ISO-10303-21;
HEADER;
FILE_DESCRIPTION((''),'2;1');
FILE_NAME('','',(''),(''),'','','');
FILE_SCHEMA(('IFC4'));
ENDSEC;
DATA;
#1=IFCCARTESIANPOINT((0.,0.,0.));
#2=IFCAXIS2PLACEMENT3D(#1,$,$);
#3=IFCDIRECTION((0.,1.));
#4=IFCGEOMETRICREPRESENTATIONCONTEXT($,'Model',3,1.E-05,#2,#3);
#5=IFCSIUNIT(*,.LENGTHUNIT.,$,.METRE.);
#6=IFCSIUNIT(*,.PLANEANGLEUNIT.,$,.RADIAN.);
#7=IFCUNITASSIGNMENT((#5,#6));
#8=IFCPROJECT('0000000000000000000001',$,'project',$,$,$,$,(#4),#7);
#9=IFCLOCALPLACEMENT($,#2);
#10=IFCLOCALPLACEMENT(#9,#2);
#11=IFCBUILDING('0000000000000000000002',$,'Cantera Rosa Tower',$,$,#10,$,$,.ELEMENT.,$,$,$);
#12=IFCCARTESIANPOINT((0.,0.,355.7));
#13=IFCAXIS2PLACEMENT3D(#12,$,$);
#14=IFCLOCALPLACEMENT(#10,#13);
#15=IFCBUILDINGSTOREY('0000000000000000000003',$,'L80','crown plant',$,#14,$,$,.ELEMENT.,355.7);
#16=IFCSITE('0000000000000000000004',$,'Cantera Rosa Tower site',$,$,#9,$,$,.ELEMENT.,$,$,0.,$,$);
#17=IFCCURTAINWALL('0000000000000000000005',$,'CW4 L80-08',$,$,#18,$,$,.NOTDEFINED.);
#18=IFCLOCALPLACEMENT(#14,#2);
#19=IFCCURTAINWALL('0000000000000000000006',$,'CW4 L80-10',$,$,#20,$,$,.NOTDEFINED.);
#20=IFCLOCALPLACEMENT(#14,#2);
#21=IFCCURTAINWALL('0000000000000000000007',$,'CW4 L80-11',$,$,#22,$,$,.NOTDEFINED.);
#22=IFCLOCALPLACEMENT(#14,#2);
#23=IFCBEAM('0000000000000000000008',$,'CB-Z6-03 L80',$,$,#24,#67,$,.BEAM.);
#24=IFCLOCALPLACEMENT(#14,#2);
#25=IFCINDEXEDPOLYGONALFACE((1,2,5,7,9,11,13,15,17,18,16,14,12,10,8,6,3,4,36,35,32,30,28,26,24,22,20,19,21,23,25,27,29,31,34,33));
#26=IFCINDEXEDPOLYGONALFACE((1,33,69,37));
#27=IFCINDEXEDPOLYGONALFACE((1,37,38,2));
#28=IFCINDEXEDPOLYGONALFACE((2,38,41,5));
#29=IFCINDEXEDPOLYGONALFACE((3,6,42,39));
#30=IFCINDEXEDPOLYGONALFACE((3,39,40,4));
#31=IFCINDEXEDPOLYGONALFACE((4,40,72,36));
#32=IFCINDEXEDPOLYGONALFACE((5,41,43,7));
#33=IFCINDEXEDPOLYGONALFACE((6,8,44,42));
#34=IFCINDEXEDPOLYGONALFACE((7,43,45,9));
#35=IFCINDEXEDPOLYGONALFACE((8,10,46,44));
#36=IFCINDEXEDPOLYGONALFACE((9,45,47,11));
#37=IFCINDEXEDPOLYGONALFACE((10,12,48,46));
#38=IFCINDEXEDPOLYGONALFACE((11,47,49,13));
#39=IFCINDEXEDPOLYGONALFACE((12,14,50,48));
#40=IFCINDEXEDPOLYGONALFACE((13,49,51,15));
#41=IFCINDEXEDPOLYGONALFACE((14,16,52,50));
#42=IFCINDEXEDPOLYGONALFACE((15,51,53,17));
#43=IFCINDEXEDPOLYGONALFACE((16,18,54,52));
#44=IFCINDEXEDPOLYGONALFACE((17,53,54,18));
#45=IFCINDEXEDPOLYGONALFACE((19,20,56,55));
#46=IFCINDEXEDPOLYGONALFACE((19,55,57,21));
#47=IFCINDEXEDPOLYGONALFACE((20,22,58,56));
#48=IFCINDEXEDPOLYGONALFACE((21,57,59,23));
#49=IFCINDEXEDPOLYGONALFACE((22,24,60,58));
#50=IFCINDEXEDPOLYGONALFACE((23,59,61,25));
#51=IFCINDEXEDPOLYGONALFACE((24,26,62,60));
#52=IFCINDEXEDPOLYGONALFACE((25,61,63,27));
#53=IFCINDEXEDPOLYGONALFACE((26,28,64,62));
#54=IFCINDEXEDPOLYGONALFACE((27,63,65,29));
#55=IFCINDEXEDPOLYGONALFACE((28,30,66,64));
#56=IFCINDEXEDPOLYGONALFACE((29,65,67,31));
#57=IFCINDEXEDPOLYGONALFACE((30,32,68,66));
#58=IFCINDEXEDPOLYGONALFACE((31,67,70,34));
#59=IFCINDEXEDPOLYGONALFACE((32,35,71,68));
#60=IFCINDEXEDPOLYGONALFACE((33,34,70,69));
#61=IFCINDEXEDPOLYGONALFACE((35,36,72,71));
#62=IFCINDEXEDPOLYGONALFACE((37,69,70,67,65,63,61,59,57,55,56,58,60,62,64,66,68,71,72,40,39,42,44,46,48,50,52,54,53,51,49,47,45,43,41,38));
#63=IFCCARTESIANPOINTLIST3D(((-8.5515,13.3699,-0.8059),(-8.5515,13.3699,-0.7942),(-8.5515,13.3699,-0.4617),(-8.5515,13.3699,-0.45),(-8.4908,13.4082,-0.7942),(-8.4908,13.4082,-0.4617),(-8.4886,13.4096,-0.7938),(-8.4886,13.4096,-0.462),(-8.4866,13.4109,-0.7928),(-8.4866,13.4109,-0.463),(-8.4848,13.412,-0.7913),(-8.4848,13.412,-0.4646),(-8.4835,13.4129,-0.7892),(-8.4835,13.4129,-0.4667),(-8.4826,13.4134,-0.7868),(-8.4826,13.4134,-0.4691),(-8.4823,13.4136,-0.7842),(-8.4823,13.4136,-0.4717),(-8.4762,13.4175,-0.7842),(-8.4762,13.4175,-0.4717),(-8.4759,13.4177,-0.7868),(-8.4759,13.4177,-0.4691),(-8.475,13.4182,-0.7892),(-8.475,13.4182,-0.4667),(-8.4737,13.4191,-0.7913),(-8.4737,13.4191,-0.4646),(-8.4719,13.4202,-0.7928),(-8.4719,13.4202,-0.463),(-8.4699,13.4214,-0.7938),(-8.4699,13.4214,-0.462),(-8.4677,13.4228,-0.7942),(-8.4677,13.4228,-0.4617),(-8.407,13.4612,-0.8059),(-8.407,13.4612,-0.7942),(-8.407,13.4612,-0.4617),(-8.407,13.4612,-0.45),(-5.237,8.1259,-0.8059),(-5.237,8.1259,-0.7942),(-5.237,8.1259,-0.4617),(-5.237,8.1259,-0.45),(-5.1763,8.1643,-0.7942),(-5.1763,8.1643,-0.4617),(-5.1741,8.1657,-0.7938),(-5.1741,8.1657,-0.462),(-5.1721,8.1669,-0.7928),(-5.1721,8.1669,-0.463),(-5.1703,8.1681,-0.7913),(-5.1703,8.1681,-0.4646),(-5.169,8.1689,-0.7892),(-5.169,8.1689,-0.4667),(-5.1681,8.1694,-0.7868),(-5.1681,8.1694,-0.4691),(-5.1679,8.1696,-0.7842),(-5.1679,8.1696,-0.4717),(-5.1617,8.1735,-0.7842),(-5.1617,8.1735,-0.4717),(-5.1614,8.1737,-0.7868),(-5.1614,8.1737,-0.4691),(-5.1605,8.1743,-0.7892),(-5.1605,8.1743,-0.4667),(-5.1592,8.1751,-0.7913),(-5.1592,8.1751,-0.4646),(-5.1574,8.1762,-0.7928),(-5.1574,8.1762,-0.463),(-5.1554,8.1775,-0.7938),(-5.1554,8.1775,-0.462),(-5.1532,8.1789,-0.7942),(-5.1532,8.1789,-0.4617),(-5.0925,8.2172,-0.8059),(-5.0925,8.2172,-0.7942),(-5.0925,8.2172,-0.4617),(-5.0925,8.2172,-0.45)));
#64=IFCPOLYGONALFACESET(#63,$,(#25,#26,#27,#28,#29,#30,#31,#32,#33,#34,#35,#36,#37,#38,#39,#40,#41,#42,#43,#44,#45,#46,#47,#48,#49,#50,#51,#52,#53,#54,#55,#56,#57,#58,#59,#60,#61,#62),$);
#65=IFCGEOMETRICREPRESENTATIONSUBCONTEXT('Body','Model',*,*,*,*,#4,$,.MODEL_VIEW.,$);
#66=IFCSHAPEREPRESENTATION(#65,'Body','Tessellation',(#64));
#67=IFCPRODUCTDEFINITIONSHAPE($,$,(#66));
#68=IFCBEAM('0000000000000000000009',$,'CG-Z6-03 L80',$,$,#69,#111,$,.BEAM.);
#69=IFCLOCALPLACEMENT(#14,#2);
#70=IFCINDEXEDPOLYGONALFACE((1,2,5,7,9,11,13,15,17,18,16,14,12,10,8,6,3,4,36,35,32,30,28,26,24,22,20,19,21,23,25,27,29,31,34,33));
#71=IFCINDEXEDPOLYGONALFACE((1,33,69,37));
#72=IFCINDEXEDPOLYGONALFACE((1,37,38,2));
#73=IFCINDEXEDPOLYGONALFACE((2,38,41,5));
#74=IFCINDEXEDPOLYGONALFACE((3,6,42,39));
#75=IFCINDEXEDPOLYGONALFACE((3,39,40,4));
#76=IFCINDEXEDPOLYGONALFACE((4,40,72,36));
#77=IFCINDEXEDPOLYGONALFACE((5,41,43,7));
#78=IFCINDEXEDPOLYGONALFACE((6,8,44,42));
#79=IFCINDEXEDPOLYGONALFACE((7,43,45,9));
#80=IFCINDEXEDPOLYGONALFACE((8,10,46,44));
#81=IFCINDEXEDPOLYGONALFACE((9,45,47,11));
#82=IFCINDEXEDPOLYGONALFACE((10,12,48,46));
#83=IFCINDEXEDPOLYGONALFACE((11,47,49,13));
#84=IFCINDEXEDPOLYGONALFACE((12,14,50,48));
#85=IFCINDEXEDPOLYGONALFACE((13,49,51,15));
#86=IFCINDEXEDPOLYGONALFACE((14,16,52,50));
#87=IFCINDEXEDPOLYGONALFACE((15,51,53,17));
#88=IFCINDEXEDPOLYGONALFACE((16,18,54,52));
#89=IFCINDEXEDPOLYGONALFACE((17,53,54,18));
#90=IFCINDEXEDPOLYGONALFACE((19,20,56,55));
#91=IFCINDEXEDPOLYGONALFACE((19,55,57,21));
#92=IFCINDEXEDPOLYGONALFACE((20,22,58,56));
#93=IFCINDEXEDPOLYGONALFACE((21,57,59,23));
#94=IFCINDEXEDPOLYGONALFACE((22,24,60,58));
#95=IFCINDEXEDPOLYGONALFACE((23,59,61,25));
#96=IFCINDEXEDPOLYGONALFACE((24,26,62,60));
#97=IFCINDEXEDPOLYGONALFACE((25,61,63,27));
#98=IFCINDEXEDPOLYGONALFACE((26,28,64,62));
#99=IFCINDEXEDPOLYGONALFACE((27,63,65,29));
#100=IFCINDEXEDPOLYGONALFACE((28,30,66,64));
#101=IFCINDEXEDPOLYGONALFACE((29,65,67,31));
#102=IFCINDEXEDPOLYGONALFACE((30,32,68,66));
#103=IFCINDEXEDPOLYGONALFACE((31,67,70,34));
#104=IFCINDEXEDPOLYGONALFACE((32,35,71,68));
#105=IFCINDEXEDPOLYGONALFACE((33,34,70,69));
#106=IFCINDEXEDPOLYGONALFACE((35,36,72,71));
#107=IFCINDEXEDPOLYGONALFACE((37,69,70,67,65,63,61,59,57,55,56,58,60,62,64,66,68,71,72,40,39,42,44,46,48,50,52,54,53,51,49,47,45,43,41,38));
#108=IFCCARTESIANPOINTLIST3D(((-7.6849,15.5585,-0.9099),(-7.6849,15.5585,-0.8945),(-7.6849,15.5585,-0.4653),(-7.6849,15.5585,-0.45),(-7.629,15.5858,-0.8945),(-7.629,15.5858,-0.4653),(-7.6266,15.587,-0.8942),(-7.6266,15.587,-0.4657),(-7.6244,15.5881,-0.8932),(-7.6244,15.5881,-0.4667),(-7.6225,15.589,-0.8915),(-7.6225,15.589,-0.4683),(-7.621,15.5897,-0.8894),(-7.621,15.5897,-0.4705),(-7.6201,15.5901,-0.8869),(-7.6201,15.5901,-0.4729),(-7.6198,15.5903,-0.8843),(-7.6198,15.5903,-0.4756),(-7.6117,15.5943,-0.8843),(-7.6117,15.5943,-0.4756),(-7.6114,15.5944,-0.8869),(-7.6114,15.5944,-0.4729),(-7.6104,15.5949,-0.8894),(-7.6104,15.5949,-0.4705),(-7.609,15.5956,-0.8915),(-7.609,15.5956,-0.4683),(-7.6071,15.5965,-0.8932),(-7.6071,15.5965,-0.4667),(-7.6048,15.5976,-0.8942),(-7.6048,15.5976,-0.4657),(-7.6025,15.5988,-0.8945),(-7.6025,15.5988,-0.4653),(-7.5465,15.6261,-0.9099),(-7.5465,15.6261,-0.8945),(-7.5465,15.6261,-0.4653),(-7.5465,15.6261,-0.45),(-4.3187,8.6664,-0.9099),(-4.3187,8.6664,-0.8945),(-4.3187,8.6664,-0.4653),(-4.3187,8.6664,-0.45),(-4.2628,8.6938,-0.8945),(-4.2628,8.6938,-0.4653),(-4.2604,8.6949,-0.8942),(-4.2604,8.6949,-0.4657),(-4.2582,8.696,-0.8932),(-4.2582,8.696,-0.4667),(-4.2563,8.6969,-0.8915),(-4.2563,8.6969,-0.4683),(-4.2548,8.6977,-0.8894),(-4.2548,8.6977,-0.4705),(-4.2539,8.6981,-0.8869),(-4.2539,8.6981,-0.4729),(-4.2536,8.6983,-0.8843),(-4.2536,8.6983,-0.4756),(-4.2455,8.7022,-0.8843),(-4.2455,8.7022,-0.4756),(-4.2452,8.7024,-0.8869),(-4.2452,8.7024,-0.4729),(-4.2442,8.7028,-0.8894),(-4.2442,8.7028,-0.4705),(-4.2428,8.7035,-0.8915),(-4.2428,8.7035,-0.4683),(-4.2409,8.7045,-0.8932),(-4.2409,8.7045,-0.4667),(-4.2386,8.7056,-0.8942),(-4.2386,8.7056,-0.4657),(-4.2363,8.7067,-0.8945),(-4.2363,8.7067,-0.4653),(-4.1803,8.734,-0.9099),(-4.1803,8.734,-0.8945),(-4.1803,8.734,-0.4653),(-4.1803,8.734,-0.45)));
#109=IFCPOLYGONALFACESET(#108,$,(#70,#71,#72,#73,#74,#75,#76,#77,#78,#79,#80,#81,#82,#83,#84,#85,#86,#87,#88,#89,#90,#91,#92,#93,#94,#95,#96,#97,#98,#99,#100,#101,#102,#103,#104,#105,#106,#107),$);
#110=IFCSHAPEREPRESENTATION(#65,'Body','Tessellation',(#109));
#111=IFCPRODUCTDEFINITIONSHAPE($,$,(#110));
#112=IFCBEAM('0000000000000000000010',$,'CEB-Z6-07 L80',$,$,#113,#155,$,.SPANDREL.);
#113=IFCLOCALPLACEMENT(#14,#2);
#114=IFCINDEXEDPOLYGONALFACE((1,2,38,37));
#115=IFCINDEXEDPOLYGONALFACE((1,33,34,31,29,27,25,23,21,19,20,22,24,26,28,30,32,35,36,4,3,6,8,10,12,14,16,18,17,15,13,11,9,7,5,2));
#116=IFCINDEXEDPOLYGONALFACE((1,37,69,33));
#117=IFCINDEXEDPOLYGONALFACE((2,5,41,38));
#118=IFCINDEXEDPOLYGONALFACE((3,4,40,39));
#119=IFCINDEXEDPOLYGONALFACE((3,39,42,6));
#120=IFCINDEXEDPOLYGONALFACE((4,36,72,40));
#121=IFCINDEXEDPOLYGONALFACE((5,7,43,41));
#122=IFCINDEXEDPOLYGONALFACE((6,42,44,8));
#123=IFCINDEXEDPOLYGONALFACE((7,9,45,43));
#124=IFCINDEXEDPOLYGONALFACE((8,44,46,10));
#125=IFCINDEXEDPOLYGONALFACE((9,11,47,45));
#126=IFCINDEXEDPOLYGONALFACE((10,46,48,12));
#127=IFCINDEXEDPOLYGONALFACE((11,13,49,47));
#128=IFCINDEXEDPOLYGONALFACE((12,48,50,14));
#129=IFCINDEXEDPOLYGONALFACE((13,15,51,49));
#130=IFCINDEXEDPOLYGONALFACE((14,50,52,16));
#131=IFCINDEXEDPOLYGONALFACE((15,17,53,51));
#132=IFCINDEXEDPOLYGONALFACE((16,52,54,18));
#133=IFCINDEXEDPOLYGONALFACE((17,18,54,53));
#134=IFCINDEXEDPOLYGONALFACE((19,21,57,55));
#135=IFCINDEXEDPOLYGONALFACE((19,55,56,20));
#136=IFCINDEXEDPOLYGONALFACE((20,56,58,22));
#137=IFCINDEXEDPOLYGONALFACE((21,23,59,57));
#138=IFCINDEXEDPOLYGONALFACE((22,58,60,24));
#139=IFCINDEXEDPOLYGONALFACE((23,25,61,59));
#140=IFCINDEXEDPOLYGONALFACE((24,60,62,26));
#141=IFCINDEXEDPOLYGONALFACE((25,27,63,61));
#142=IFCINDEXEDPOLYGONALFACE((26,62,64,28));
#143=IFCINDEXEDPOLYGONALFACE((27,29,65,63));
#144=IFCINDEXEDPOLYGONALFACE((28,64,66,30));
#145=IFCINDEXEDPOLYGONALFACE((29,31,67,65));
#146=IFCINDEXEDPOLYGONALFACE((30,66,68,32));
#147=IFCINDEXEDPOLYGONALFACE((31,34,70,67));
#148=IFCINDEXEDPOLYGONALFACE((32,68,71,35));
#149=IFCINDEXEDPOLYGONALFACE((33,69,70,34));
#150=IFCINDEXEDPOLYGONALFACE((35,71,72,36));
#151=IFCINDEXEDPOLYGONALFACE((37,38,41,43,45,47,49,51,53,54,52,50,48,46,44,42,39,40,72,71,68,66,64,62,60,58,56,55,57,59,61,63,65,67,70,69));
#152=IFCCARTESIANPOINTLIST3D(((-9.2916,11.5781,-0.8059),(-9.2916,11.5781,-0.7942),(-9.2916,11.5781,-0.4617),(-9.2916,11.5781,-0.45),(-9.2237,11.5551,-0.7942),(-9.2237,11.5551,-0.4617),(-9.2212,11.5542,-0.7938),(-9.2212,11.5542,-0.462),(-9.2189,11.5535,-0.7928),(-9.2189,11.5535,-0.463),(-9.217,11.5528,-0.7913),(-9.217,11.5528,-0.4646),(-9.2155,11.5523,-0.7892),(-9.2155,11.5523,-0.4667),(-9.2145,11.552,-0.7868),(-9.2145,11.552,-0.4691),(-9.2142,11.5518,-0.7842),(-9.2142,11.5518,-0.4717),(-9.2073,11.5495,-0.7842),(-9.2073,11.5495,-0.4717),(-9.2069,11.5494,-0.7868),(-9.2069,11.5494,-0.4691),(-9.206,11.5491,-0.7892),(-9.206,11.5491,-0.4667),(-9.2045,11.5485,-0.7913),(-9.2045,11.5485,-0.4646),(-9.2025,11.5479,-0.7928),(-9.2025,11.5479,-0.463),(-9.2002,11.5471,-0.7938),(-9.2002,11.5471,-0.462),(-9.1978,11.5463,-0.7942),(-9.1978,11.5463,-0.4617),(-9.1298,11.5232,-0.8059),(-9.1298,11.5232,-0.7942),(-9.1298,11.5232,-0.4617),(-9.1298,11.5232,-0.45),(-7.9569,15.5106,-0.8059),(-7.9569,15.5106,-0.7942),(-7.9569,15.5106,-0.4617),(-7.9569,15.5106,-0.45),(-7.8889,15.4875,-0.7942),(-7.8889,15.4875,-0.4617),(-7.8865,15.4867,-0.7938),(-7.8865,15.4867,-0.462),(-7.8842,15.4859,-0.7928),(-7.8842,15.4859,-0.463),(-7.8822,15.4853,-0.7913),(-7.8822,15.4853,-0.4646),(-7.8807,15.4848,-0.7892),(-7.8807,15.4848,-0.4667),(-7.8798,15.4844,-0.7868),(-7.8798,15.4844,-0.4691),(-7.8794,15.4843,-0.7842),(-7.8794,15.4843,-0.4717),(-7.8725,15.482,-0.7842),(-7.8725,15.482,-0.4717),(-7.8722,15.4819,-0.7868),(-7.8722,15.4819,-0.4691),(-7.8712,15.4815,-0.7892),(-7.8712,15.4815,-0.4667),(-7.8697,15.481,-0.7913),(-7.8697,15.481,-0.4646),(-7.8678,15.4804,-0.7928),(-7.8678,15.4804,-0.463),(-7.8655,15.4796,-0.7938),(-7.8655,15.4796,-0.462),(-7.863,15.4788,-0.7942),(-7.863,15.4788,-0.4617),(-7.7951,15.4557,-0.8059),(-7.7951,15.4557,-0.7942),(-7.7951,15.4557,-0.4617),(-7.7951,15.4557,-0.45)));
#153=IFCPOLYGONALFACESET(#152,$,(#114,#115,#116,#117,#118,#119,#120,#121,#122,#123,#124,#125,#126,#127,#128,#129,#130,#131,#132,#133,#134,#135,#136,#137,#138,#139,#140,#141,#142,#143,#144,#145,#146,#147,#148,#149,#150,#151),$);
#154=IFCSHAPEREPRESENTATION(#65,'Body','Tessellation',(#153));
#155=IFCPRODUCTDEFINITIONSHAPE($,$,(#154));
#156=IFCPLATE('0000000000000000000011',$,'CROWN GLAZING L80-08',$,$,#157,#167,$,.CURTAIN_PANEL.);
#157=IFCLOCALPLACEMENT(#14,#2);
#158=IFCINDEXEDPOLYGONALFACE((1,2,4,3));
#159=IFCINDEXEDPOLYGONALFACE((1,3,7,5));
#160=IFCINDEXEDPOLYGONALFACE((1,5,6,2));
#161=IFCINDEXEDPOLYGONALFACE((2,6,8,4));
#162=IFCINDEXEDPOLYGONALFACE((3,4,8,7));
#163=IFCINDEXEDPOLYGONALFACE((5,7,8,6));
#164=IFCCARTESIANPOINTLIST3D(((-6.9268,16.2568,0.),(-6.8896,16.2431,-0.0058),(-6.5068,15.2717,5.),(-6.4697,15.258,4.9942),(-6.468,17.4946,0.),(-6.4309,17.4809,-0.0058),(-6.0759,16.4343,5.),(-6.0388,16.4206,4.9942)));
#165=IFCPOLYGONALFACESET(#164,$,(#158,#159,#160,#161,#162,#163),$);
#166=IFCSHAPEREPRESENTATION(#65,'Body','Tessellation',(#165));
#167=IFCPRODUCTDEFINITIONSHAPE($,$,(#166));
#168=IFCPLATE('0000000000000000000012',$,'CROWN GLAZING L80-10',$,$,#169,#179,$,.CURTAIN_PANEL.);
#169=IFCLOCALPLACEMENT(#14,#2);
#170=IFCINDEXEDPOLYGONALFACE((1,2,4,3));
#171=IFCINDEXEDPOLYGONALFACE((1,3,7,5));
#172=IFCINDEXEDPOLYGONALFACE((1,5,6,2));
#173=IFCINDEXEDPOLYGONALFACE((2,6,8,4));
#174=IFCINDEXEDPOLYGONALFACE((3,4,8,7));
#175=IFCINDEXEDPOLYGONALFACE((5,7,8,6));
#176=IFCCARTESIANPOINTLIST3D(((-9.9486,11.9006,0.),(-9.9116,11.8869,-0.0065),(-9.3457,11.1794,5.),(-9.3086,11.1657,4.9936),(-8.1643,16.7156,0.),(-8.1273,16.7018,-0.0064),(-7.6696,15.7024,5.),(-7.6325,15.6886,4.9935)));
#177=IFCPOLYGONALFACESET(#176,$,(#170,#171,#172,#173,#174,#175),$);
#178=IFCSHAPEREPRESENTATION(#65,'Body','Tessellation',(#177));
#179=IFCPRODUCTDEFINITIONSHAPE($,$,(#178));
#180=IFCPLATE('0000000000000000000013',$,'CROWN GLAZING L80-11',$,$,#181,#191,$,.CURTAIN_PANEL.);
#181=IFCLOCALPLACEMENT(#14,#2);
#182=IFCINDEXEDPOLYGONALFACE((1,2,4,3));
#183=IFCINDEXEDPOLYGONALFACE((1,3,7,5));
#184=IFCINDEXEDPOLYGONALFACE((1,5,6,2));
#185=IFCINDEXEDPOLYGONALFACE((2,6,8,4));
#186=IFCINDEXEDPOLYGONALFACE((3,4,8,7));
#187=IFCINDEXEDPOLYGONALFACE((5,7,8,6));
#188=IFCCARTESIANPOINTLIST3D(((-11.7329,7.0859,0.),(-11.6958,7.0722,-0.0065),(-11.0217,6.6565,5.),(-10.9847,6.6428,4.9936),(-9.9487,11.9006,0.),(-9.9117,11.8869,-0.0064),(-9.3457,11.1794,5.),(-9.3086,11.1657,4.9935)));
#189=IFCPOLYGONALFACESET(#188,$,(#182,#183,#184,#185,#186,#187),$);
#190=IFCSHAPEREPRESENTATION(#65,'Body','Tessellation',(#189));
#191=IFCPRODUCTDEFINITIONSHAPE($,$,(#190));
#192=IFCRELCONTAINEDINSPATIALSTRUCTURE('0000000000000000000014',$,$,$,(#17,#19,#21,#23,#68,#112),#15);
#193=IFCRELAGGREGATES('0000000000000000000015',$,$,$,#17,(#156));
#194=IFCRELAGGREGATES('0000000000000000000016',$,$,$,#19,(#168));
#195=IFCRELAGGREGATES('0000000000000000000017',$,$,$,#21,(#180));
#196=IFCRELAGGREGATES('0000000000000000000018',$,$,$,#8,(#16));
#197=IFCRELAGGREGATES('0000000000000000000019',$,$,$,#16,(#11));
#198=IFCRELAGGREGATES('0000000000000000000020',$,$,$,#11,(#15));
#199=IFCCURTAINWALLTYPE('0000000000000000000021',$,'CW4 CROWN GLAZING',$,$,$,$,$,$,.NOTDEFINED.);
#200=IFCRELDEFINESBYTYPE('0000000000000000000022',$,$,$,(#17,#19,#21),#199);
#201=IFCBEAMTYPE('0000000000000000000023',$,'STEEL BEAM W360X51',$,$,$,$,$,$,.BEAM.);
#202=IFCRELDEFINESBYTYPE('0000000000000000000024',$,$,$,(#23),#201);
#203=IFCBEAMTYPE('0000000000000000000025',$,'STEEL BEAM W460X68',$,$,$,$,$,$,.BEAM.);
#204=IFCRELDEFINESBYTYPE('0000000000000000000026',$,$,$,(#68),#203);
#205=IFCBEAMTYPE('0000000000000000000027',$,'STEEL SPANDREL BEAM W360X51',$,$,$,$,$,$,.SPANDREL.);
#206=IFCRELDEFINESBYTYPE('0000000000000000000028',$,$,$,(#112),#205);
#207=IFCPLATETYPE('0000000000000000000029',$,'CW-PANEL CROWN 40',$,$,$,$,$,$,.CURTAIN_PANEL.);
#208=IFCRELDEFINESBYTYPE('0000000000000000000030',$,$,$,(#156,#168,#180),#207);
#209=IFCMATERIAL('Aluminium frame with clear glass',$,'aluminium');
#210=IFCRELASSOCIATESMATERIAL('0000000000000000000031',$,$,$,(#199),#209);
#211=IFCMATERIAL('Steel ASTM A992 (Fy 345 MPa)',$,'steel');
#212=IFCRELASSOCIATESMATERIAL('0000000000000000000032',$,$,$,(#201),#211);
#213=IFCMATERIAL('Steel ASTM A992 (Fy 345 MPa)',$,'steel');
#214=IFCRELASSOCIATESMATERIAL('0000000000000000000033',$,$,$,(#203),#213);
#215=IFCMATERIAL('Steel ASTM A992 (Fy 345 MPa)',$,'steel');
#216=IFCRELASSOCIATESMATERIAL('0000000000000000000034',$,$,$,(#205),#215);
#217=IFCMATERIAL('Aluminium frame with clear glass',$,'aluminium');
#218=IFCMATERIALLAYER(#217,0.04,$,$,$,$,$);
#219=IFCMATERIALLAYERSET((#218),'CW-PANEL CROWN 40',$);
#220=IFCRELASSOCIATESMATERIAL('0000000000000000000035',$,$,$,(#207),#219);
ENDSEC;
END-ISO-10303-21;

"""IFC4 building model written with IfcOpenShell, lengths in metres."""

from ifc_helpers import new_model, si_unit, direction, frame, origin, origin_2d, place, context, subcontext, project, spatial, polyline, i_section, outline, extrude, material, layer, layer_set, material_profile, profile_set, type_object, element, aggregate, save


model = new_model("IFC4")

# Units and contexts
model_context = context("Model", 3, precision=1e-05, world=origin(), true_north=direction((0.0, 1.0)))
body_context = subcontext(model_context, "Body", "Model", "MODEL_VIEW")
ifc_project = project(units=[si_unit("LENGTHUNIT", "METRE"), si_unit("PLANEANGLEUNIT", "RADIAN")], contexts=[model_context])

# Site, building, storey
site_placement = place(None, origin())
site = spatial("IfcSite", under=ifc_project, at=site_placement, Name="Cantera Rosa Tower site", CompositionType="ELEMENT", RefElevation=0.0)
building_placement = place(site_placement, origin())
building = spatial("IfcBuilding", under=site, at=building_placement, Name="Cantera Rosa Tower", CompositionType="ELEMENT")
storey_placement = place(building_placement, frame((0.0, 0.0, 355.7)))
storey = spatial("IfcBuildingStorey", under=building, at=storey_placement, Name="L80", Description="crown plant", CompositionType="ELEMENT", Elevation=355.7)

# Curtain walls
ifc_material_1 = material(Name="Aluminium frame with clear glass", Category="aluminium")
curtain_wall_type = type_object("IfcCurtainWallType", Name="CW4 CROWN GLAZING", PredefinedType="NOTDEFINED", material=ifc_material_1)
curtain_wall_1_placement = place(storey_placement, origin())
curtain_wall_1 = element("IfcCurtainWall", 1, at=curtain_wall_1_placement, inside=storey, type_object=curtain_wall_type, Name="CW4 L80-08", PredefinedType="NOTDEFINED")
curtain_wall_2_placement = place(storey_placement, origin())
curtain_wall_2 = element("IfcCurtainWall", 2, at=curtain_wall_2_placement, inside=storey, type_object=curtain_wall_type, Name="CW4 L80-10", PredefinedType="NOTDEFINED")
curtain_wall_3_placement = place(storey_placement, origin())
curtain_wall_3 = element("IfcCurtainWall", 3, at=curtain_wall_3_placement, inside=storey, type_object=curtain_wall_type, Name="CW4 L80-11", PredefinedType="NOTDEFINED")

# Beams
ifc_material_2 = material(Name="Steel ASTM A992 (Fy 345 MPa)", Category="steel")
ifc_material_profile_1 = material_profile(ifc_material_2, i_section(OverallWidth=0.1709, OverallDepth=0.356, WebThickness=0.0073, FlangeThickness=0.0117, FilletRadius=0.01, at=origin_2d()), Name="W360X51")
ifc_profile_set_1 = profile_set([ifc_material_profile_1], Name="Steel ASTM A992 (Fy 345 MPa)")
beam_type_1 = type_object("IfcBeamType", Name="STEEL BEAM W360X51", PredefinedType="BEAM", material=ifc_profile_set_1)
beam_1_placement = place(storey_placement, frame((-8.4792, 13.4155, -0.6279), z_axis=(0.534283, -0.845306, 0.0), x_axis=(0.845306, 0.534283, 0.0)))
element("IfcBeam", 4, at=beam_1_placement, inside=storey, type_object=beam_type_1, Name="CB-Z6-03 L80", PredefinedType="BEAM", context=body_context, shape_type="SweptSolid", body=[
    extrude(i_section(OverallWidth=0.1709, OverallDepth=0.356, WebThickness=0.0073, FlangeThickness=0.0117, FilletRadius=0.01, at=origin_2d()), origin(), (0.0, 0.0, 1.0), 6.2036),
])
ifc_material_3 = material(Name="Steel ASTM A992 (Fy 345 MPa)", Category="steel")
ifc_material_profile_2 = material_profile(ifc_material_3, i_section(OverallWidth=0.1541, OverallDepth=0.46, WebThickness=0.009, FlangeThickness=0.0154, FilletRadius=0.0103, at=origin_2d()), Name="W460X68")
ifc_profile_set_2 = profile_set([ifc_material_profile_2], Name="Steel ASTM A992 (Fy 345 MPa)")
beam_type_2 = type_object("IfcBeamType", Name="STEEL BEAM W460X68", PredefinedType="BEAM", material=ifc_profile_set_2)
beam_2_placement = place(storey_placement, frame((-7.6157, 15.5923, -0.6799), z_axis=(0.438868, -0.898552, 0.0), x_axis=(0.898552, 0.438868, 0.0)))
element("IfcBeam", 5, at=beam_2_placement, inside=storey, type_object=beam_type_2, Name="CG-Z6-03 L80", PredefinedType="BEAM", context=body_context, shape_type="SweptSolid", body=[
    extrude(i_section(OverallWidth=0.1541, OverallDepth=0.46, WebThickness=0.009, FlangeThickness=0.0154, FilletRadius=0.0103, at=origin_2d()), origin(), (0.0, 0.0, 1.0), 7.6702),
])
ifc_material_4 = material(Name="Steel ASTM A992 (Fy 345 MPa)", Category="steel")
ifc_material_profile_3 = material_profile(ifc_material_4, i_section(OverallWidth=0.1709, OverallDepth=0.356, WebThickness=0.0073, FlangeThickness=0.0117, FilletRadius=0.01, at=origin_2d()), Name="W360X51")
ifc_profile_set_3 = profile_set([ifc_material_profile_3], Name="Steel ASTM A992 (Fy 345 MPa)")
beam_type_3 = type_object("IfcBeamType", Name="STEEL SPANDREL BEAM W360X51", PredefinedType="SPANDREL", material=ifc_profile_set_3)
beam_3_placement = place(storey_placement, frame((-7.876, 15.4832, -0.6279), z_axis=(-0.321408, -0.946941, 0.0), x_axis=(0.946941, -0.321408, 0.0)))
element("IfcBeam", 6, at=beam_3_placement, inside=storey, type_object=beam_type_3, Name="CEB-Z6-07 L80", PredefinedType="SPANDREL", context=body_context, shape_type="SweptSolid", body=[
    extrude(i_section(OverallWidth=0.1709, OverallDepth=0.356, WebThickness=0.0073, FlangeThickness=0.0117, FilletRadius=0.01, at=origin_2d()), origin(), (0.0, 0.0, 1.0), 4.1528),
])

# Plates
ifc_material_5 = material(Name="Aluminium frame with clear glass", Category="aluminium")
ifc_layer_1 = layer(ifc_material_5, 0.04)
ifc_layer_set_1 = layer_set([ifc_layer_1], Name="CW-PANEL CROWN 40")
plate_type = type_object("IfcPlateType", Name="CW-PANEL CROWN 40", PredefinedType="CURTAIN_PANEL", material=ifc_layer_set_1)
plate_1_placement = place(storey_placement, frame((-6.468, 17.4946, 0.0), z_axis=(-0.927671, 0.343819, 0.145653), x_axis=(-0.347525, -0.937671, 0.000002)))
plate_1 = element("IfcPlate", 7, at=plate_1_placement, type_object=plate_type, Name="CROWN GLAZING L80-08", PredefinedType="CURTAIN_PANEL", context=body_context, shape_type="SweptSolid", body=[
    extrude(outline(polyline([(0.0, 0.0), (1.3201, 0.0), (2.0978, 5.0539), (0.858, 5.0539), (0.0, 0.0)])), origin(), (0.0, 0.0, -1.0), 0.04),
])
plate_2_placement = place(storey_placement, frame((-8.1643, 16.7156, 0.0), z_axis=(-0.925442, 0.342952, 0.161062), x_axis=(-0.347489, -0.937684, -0.000003)))
plate_2 = element("IfcPlate", 8, at=plate_2_placement, type_object=plate_type, Name="CROWN GLAZING L80-10", PredefinedType="CURTAIN_PANEL", context=body_context, shape_type="SweptSolid", body=[
    extrude(outline(polyline([(0.0, 0.0), (5.135, 0.0), (5.6017, 5.0662), (0.7782, 5.0661), (0.0, 0.0)])), origin(), (0.0, 0.0, -1.0), 0.04),
])
plate_3_placement = place(storey_placement, frame((-9.9487, 11.9006, 0.0), z_axis=(-0.925444, 0.342937, 0.161082), x_axis=(-0.347475, -0.937689, -0.000001)))
plate_3 = element("IfcPlate", 9, at=plate_3_placement, type_object=plate_type, Name="CROWN GLAZING L80-11", PredefinedType="CURTAIN_PANEL", context=body_context, shape_type="SweptSolid", body=[
    extrude(outline(polyline([(0.0, 0.0), (5.1346, 0.0), (5.2902, 5.0662), (0.4667, 5.0662), (0.0, 0.0)])), origin(), (0.0, 0.0, -1.0), 0.04),
])

aggregate(curtain_wall_1, [plate_1])
aggregate(curtain_wall_2, [plate_2])
aggregate(curtain_wall_3, [plate_3])

save(model, "model.ifc")
